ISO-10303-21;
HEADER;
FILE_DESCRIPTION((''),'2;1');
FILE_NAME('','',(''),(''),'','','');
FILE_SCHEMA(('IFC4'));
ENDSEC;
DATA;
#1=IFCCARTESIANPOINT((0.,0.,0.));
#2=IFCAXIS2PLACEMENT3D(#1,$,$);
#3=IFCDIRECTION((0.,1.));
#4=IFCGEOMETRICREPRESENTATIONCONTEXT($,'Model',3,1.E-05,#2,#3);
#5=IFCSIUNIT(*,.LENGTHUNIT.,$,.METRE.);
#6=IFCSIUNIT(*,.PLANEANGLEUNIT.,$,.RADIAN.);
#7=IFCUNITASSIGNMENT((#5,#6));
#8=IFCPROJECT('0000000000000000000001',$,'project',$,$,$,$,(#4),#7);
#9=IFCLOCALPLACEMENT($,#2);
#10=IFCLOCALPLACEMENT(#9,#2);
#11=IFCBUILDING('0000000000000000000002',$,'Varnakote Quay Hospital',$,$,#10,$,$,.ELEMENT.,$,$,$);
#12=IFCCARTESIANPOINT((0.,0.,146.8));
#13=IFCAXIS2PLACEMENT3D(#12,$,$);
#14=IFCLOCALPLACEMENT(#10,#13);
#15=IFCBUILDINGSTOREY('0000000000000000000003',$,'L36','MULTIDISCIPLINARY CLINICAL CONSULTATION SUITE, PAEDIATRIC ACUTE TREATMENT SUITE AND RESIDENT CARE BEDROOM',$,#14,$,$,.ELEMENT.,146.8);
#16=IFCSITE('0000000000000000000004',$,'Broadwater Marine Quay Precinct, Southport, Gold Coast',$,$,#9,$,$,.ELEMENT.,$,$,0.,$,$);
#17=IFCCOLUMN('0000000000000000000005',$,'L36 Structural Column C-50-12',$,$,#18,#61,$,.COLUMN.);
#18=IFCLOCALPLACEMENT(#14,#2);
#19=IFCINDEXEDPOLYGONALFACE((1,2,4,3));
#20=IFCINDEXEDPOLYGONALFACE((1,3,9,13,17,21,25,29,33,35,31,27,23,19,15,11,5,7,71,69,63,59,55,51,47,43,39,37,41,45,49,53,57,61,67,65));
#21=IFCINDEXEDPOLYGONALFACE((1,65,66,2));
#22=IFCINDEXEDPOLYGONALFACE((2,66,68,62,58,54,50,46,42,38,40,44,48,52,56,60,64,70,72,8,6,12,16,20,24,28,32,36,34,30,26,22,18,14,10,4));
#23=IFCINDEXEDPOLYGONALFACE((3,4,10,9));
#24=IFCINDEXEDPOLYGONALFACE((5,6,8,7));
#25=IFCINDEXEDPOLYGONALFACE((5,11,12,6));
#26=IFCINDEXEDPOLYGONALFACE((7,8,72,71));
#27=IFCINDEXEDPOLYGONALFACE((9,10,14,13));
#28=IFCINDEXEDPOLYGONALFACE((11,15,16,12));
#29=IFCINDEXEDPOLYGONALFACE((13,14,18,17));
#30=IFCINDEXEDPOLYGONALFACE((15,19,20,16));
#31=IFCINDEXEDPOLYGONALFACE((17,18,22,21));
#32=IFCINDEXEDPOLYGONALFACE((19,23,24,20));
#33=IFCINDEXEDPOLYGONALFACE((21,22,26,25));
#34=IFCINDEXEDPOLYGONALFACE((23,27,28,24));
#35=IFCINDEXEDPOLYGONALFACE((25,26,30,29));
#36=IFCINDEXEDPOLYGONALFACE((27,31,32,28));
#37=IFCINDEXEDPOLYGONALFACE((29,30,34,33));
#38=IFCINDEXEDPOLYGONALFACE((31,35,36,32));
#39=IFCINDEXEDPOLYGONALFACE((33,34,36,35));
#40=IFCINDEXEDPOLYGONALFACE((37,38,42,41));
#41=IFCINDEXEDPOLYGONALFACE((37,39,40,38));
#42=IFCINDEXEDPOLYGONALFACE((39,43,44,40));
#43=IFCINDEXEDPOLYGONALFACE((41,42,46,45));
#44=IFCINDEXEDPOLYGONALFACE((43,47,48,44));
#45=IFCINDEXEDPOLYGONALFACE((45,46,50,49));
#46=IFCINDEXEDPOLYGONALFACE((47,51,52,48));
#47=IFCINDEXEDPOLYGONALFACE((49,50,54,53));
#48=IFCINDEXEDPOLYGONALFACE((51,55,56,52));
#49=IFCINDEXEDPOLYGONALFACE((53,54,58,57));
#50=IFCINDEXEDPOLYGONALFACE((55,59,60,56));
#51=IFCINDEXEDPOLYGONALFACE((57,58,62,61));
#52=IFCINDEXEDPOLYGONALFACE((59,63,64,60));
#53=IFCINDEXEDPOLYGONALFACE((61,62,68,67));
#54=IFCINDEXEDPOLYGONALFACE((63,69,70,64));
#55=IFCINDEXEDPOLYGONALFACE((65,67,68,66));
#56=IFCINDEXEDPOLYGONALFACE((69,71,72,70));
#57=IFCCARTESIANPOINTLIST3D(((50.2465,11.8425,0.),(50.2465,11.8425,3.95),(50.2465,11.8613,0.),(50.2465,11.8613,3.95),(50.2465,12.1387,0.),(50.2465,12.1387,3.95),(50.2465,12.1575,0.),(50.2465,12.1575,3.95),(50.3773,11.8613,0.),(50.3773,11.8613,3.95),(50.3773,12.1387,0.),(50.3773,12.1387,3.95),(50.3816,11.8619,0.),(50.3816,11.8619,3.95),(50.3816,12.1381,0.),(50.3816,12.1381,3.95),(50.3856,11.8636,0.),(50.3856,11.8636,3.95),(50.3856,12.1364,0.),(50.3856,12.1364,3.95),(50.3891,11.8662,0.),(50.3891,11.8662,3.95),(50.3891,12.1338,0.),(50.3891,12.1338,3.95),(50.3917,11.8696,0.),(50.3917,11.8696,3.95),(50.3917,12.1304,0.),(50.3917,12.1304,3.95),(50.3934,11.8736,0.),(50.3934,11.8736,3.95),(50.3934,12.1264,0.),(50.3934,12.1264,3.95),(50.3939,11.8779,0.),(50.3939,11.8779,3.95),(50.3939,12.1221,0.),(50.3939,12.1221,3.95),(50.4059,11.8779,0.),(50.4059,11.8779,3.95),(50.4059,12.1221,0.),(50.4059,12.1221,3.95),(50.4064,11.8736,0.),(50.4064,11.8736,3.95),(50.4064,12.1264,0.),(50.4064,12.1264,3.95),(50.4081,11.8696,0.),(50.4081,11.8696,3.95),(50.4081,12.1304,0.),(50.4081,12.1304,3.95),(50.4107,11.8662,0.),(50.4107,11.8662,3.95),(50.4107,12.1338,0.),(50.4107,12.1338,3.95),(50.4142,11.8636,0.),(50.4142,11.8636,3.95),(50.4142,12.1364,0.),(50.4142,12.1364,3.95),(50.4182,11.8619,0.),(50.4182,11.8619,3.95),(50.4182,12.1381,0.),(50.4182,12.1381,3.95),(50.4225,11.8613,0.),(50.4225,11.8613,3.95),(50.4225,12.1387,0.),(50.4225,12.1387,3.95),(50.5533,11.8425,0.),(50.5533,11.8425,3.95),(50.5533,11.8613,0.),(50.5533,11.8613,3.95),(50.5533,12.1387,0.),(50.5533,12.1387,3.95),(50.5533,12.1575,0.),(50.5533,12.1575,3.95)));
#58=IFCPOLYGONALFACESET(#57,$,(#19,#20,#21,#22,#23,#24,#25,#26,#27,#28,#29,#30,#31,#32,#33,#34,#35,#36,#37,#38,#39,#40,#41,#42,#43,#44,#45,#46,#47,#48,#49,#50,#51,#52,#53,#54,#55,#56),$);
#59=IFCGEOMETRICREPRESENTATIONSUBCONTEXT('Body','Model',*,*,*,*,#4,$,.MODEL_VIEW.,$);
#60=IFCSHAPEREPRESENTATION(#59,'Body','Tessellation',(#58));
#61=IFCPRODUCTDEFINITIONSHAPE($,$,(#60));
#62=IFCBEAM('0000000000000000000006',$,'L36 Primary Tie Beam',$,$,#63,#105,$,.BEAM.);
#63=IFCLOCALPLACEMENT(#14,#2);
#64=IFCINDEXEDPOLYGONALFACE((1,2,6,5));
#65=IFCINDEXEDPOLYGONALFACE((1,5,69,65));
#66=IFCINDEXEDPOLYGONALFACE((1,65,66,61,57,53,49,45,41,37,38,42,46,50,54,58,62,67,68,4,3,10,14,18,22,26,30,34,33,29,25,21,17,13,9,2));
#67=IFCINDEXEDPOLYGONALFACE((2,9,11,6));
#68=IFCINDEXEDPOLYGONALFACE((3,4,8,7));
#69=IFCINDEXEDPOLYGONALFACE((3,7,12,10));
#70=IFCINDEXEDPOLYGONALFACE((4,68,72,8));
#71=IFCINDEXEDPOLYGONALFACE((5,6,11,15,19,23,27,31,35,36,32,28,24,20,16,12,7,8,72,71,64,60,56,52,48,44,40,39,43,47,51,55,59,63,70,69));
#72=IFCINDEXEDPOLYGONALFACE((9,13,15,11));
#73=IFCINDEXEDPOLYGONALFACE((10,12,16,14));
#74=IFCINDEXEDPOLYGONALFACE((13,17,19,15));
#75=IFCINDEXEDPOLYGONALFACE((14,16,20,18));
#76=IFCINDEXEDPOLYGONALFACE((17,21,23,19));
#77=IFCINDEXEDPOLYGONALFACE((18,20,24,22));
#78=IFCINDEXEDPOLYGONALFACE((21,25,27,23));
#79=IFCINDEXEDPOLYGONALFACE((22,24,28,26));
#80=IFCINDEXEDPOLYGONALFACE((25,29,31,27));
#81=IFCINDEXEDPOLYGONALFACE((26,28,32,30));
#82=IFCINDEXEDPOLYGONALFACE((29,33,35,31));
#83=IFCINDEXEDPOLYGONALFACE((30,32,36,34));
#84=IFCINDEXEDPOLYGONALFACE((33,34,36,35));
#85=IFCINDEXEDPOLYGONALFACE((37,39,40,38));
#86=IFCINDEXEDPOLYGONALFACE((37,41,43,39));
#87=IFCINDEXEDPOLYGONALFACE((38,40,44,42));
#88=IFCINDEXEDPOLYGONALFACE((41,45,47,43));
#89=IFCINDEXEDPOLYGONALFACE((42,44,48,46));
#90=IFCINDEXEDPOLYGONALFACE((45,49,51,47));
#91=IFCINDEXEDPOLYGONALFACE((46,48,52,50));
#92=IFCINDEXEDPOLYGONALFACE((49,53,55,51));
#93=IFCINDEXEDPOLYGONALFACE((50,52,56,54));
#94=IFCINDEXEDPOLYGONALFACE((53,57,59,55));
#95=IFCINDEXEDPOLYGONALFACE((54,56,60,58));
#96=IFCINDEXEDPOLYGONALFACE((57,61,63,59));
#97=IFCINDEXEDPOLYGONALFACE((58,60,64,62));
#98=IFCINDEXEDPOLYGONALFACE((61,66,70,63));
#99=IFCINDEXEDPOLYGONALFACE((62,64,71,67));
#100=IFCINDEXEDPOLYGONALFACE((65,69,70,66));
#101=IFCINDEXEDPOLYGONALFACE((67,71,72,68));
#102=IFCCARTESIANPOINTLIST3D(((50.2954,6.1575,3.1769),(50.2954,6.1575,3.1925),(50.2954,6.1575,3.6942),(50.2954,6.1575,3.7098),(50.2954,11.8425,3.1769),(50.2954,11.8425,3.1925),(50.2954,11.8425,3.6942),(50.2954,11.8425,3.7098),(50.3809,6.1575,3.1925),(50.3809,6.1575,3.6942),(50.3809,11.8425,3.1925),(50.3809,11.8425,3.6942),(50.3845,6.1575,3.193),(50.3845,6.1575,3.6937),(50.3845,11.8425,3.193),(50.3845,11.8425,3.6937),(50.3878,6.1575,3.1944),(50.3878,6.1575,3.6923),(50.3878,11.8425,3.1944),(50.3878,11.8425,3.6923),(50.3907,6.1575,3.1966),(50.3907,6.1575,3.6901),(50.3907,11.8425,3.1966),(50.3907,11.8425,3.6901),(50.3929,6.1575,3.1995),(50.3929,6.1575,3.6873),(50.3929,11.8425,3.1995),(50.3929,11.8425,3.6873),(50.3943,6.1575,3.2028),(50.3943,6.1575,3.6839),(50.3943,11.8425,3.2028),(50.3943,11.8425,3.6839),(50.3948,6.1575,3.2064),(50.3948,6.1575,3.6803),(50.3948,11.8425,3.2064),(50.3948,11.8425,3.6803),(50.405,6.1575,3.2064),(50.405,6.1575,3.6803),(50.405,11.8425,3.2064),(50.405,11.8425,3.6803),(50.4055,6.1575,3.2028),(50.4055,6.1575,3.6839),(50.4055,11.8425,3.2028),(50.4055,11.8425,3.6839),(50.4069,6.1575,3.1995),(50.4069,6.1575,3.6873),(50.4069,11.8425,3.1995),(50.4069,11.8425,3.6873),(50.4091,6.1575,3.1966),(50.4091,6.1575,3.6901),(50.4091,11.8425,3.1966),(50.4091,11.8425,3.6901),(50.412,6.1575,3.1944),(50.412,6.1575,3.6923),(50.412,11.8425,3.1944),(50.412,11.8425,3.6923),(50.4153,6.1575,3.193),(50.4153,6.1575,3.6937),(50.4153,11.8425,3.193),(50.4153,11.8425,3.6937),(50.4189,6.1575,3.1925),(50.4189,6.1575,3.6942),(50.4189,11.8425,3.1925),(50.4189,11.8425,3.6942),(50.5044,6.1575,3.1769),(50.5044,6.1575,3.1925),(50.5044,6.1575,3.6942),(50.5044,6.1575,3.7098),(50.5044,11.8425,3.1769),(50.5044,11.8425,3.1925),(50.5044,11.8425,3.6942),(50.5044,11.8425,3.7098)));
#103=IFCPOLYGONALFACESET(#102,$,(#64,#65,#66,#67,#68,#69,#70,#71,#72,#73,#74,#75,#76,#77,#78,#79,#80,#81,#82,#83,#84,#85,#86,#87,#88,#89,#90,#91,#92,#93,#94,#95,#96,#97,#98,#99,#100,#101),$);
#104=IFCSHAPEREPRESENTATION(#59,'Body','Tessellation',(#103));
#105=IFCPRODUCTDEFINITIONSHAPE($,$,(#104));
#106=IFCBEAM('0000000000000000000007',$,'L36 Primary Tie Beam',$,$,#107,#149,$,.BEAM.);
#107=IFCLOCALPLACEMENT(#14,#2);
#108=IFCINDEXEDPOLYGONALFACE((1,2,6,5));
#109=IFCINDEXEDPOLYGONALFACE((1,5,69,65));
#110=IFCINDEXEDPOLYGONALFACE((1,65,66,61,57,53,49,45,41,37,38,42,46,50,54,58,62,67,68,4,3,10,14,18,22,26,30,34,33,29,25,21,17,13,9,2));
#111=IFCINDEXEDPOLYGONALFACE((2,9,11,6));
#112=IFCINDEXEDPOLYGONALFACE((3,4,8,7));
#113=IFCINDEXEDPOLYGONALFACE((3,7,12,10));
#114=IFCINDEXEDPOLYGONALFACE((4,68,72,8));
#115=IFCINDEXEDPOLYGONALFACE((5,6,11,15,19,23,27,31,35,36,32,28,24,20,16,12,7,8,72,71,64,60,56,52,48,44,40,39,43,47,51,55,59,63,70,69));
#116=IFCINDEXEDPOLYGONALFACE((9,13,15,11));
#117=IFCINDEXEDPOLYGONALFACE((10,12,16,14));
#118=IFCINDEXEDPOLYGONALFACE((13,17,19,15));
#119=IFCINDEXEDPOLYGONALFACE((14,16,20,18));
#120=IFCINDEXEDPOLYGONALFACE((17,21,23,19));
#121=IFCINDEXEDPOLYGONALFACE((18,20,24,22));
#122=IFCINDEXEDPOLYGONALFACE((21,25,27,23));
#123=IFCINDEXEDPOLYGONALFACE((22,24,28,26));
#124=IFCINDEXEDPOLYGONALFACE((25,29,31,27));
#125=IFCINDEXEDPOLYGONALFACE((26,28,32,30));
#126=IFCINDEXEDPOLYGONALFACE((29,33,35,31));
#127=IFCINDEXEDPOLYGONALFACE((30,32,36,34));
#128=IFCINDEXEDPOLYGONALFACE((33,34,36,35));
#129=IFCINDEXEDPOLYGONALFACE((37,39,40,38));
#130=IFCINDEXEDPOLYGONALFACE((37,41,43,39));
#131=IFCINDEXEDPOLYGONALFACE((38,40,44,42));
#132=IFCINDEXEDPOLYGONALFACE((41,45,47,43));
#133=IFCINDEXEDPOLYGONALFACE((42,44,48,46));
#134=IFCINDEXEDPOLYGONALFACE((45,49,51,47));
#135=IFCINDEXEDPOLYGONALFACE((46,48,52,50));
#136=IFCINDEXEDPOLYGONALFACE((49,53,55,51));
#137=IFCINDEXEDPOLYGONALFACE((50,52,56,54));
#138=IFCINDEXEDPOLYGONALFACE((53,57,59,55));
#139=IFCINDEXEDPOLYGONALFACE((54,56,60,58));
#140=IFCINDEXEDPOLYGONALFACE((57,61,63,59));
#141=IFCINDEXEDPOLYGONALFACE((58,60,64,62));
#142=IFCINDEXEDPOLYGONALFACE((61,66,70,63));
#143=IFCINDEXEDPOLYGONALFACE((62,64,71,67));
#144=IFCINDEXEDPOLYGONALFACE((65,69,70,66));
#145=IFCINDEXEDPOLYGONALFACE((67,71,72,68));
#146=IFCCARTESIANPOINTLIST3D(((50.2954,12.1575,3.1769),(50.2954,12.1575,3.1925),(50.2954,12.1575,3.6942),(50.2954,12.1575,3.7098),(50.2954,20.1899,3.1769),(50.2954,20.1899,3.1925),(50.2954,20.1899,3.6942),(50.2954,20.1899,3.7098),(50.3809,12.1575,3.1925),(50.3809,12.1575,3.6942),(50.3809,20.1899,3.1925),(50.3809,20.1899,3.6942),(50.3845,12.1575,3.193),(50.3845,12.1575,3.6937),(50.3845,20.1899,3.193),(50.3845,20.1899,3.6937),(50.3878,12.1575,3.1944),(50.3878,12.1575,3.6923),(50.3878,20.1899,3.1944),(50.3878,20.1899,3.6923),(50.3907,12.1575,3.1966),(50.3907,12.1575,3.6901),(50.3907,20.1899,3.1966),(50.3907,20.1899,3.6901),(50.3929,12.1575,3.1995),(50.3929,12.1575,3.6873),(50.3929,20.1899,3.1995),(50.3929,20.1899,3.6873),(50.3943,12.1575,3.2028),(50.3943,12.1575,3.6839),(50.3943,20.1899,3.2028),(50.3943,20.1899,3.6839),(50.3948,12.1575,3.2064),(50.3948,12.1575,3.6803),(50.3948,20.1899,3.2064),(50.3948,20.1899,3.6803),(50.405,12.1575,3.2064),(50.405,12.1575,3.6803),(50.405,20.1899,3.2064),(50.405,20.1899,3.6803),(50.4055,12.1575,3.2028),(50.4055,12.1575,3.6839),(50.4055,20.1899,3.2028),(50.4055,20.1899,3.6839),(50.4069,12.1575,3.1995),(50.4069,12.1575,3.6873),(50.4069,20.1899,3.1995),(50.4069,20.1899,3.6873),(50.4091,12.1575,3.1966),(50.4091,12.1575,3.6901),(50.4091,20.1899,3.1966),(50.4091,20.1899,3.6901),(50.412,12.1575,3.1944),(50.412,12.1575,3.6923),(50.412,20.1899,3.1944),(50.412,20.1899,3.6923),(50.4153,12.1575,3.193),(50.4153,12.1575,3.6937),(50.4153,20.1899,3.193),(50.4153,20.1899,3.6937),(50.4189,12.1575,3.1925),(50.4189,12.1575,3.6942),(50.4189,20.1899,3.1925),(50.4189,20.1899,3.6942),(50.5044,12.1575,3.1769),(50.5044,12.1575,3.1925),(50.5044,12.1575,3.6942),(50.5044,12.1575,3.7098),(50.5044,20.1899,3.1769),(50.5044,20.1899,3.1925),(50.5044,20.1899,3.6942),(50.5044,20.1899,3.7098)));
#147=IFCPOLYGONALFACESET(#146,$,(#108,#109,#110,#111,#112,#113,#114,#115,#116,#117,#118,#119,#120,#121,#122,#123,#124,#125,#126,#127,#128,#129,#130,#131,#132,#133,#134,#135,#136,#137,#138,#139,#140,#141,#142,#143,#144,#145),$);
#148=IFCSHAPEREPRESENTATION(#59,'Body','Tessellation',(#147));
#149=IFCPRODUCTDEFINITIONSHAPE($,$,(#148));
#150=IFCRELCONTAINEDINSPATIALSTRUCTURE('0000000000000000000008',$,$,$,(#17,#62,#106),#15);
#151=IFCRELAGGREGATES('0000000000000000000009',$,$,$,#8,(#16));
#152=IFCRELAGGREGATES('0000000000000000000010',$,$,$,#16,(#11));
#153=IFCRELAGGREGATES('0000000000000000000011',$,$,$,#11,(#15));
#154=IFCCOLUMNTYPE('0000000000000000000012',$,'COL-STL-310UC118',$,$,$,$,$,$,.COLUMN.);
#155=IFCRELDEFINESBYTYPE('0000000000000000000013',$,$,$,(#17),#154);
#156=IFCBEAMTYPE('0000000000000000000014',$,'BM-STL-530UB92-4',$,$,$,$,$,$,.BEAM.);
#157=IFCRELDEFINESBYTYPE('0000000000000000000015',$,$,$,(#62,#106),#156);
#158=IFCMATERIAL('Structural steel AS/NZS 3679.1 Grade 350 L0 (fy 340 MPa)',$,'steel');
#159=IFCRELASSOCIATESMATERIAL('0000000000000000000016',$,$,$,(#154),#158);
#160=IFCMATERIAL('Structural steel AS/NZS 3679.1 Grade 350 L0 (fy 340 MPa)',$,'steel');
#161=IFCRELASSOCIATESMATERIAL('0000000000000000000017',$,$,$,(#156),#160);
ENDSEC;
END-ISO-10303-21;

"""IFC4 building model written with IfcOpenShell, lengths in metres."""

from ifc_helpers import new_model, si_unit, direction, frame, origin, origin_2d, place, context, subcontext, project, spatial, i_section, extrude, material, material_profile, profile_set, type_object, element, save


model = new_model("IFC4")

# Units and contexts
model_context = context("Model", 3, precision=1e-05, world=origin(), true_north=direction((0.0, 1.0)))
body_context = subcontext(model_context, "Body", "Model", "MODEL_VIEW")
ifc_project = project(units=[si_unit("LENGTHUNIT", "METRE"), si_unit("PLANEANGLEUNIT", "RADIAN")], contexts=[model_context])

# Site, building, storey
site_placement = place(None, origin())
site = spatial("IfcSite", under=ifc_project, at=site_placement, Name="Broadwater Marine Quay Precinct, Southport, Gold Coast", CompositionType="ELEMENT", RefElevation=0.0)
building_placement = place(site_placement, origin())
building = spatial("IfcBuilding", under=site, at=building_placement, Name="Varnakote Quay Hospital", CompositionType="ELEMENT")
storey_placement = place(building_placement, frame((0.0, 0.0, 146.8)))
storey = spatial("IfcBuildingStorey", under=building, at=storey_placement, Name="L36", Description="MULTIDISCIPLINARY CLINICAL CONSULTATION SUITE, PAEDIATRIC ACUTE TREATMENT SUITE AND RESIDENT CARE BEDROOM", CompositionType="ELEMENT", Elevation=146.8)

# Column
ifc_material_1 = material(Name="Structural steel AS/NZS 3679.1 Grade 350 L0 (fy 340 MPa)", Category="steel")
ifc_material_profile_1 = material_profile(ifc_material_1, i_section(OverallWidth=0.3069, OverallDepth=0.3149, WebThickness=0.012, FlangeThickness=0.0188, FilletRadius=0.0166, at=origin_2d()), Name="310UC118")
ifc_profile_set_1 = profile_set([ifc_material_profile_1], Name="Structural steel AS/NZS 3679.1 Grade 350 L0 (fy 340 MPa)")
column_type = type_object("IfcColumnType", Name="COL-STL-310UC118", PredefinedType="COLUMN", material=ifc_profile_set_1)
column_placement = place(storey_placement, frame((50.3999, 12.0, 0.0), z_axis=(0.0, 0.0, 1.0), x_axis=(1.0, 0.0, 0.0)))
element("IfcColumn", 1, at=column_placement, inside=storey, type_object=column_type, Name="L36 Structural Column C-50-12", PredefinedType="COLUMN", context=body_context, shape_type="SweptSolid", body=[
    extrude(i_section(OverallWidth=0.3069, OverallDepth=0.3149, WebThickness=0.012, FlangeThickness=0.0188, FilletRadius=0.0166, at=origin_2d()), origin(), (0.0, 0.0, 1.0), 3.95),
])

# Beams
ifc_material_2 = material(Name="Structural steel AS/NZS 3679.1 Grade 350 L0 (fy 340 MPa)", Category="steel")
ifc_material_profile_2 = material_profile(ifc_material_2, i_section(OverallWidth=0.209, OverallDepth=0.533, WebThickness=0.0103, FlangeThickness=0.0156, FilletRadius=0.0139, at=origin_2d()), Name="530UB92.4")
ifc_profile_set_2 = profile_set([ifc_material_profile_2], Name="Structural steel AS/NZS 3679.1 Grade 350 L0 (fy 340 MPa)")
beam_type = type_object("IfcBeamType", Name="BM-STL-530UB92-4", PredefinedType="BEAM", material=ifc_profile_set_2)
beam_1_placement = place(storey_placement, frame((50.3999, 6.1575, 3.4434), z_axis=(0.0, 1.0, 0.0), x_axis=(-1.0, 0.0, 0.0)))
element("IfcBeam", 2, at=beam_1_placement, inside=storey, type_object=beam_type, Name="L36 Primary Tie Beam", PredefinedType="BEAM", context=body_context, shape_type="SweptSolid", body=[
    extrude(i_section(OverallWidth=0.209, OverallDepth=0.533, WebThickness=0.0103, FlangeThickness=0.0156, FilletRadius=0.0139, at=origin_2d()), origin(), (0.0, 0.0, 1.0), 5.6851),
])
beam_2_placement = place(storey_placement, frame((50.3999, 12.1575, 3.4434), z_axis=(0.0, 1.0, 0.0), x_axis=(-1.0, 0.0, 0.0)))
element("IfcBeam", 3, at=beam_2_placement, inside=storey, type_object=beam_type, Name="L36 Primary Tie Beam", PredefinedType="BEAM", context=body_context, shape_type="SweptSolid", body=[
    extrude(i_section(OverallWidth=0.209, OverallDepth=0.533, WebThickness=0.0103, FlangeThickness=0.0156, FilletRadius=0.0139, at=origin_2d()), origin(), (0.0, 0.0, 1.0), 8.0325),
])

save(model, "model.ifc")
